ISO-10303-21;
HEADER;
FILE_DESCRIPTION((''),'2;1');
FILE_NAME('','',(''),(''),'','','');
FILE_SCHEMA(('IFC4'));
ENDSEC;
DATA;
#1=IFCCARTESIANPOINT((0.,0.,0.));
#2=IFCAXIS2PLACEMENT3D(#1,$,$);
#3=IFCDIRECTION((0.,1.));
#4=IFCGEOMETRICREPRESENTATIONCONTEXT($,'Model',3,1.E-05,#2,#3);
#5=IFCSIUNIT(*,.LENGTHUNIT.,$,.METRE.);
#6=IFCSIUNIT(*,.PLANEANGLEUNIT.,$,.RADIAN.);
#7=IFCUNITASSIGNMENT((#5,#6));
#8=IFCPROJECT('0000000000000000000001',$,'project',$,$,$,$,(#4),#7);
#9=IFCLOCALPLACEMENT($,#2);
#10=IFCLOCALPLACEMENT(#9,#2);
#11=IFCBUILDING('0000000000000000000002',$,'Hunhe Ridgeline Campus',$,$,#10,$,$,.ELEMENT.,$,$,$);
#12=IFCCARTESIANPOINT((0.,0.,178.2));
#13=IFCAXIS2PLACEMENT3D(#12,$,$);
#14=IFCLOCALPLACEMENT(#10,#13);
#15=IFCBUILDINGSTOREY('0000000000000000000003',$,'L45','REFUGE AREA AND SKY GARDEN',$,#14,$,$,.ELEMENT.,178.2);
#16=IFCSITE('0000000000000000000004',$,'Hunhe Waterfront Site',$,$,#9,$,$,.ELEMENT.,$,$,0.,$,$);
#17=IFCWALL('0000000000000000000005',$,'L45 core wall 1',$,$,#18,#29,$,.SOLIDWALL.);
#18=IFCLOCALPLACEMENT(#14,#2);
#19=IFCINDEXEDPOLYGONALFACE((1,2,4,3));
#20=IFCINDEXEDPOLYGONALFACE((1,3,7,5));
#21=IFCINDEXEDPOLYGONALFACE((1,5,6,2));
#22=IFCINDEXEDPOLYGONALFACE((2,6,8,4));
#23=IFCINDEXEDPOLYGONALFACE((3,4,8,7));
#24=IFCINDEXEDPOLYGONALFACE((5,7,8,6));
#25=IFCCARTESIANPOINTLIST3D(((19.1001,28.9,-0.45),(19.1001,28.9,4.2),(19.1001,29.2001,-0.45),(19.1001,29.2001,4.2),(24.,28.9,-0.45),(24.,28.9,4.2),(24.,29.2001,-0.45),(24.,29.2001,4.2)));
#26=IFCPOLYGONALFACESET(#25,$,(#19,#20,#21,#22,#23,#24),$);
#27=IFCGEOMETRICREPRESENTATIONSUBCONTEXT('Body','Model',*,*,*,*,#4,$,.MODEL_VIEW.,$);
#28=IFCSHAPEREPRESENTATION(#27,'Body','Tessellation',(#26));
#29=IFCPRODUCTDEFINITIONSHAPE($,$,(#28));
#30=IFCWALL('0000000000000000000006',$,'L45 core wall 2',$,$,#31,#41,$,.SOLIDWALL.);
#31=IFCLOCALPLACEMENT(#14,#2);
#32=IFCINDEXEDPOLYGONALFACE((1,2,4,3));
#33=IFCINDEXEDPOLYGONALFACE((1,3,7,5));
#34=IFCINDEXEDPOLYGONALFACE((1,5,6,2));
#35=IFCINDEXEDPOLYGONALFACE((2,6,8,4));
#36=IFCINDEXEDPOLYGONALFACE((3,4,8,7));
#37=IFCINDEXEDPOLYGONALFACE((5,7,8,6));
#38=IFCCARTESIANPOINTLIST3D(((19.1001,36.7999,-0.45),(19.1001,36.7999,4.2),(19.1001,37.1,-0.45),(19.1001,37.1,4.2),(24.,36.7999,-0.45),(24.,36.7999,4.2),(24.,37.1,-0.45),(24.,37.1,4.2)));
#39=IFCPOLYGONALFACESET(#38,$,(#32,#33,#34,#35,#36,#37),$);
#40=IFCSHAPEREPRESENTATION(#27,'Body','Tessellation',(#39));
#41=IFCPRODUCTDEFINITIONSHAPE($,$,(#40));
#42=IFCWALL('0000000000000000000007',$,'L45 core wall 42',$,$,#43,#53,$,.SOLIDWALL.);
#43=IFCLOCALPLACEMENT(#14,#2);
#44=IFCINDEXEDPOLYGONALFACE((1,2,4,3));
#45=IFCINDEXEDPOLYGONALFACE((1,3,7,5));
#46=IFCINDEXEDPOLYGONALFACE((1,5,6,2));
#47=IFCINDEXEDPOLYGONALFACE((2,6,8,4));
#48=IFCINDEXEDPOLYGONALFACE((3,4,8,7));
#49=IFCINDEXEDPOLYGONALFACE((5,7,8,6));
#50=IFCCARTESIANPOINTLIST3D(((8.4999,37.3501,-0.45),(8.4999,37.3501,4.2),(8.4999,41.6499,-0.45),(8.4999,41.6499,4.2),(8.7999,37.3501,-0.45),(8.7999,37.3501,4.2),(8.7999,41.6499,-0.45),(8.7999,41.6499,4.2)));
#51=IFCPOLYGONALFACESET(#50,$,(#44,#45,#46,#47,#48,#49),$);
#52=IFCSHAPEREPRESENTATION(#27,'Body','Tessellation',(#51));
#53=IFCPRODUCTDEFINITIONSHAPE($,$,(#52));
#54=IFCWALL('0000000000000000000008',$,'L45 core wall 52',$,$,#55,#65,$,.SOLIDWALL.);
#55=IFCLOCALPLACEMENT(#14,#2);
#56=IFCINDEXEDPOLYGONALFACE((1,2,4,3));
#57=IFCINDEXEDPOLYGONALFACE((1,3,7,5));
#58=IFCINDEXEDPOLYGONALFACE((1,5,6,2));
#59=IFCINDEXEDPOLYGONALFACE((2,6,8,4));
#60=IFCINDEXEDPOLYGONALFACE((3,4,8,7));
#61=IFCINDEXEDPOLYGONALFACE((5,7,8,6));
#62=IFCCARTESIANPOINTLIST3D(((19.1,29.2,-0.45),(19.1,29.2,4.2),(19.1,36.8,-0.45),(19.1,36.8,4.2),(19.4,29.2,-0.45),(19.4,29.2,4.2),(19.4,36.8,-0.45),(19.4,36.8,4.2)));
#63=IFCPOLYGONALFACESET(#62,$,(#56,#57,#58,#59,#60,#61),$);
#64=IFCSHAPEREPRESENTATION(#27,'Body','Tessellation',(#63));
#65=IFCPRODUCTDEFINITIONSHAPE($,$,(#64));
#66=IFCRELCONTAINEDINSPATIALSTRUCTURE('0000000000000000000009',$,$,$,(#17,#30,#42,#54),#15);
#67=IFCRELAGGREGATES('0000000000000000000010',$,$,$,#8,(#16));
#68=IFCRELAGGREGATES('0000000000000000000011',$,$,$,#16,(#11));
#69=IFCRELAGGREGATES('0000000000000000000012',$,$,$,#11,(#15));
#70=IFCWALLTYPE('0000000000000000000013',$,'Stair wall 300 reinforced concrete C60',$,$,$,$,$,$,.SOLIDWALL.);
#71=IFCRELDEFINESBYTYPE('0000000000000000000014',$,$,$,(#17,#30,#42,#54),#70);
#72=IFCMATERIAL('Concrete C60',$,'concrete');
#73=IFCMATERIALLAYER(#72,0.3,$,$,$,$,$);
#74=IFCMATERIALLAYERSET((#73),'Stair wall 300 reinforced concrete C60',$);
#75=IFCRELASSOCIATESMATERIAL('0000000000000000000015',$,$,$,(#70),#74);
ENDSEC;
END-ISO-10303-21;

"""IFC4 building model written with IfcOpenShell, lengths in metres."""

from ifc_helpers import new_model, si_unit, direction, frame, frame_2d, origin, place, context, subcontext, project, spatial, rectangle, extrude, material, layer, layer_set, type_object, element, save


model = new_model("IFC4")

# Units and contexts
model_context = context("Model", 3, precision=1e-05, world=origin(), true_north=direction((0.0, 1.0)))
body_context = subcontext(model_context, "Body", "Model", "MODEL_VIEW")
ifc_project = project(units=[si_unit("LENGTHUNIT", "METRE"), si_unit("PLANEANGLEUNIT", "RADIAN")], contexts=[model_context])

# Site, building, storey
site_placement = place(None, origin())
site = spatial("IfcSite", under=ifc_project, at=site_placement, Name="Hunhe Waterfront Site", CompositionType="ELEMENT", RefElevation=0.0)
building_placement = place(site_placement, origin())
building = spatial("IfcBuilding", under=site, at=building_placement, Name="Hunhe Ridgeline Campus", CompositionType="ELEMENT")
storey_placement = place(building_placement, frame((0.0, 0.0, 178.2)))
storey = spatial("IfcBuildingStorey", under=building, at=storey_placement, Name="L45", Description="REFUGE AREA AND SKY GARDEN", CompositionType="ELEMENT", Elevation=178.2)

# Walls
ifc_material_1 = material(Name="Concrete C60", Category="concrete")
ifc_layer_1 = layer(ifc_material_1, 0.3)
ifc_layer_set_1 = layer_set([ifc_layer_1], Name="Stair wall 300 reinforced concrete C60")
wall_type_1 = type_object("IfcWallType", Name="Stair wall 300 reinforced concrete C60", PredefinedType="SOLIDWALL", material=ifc_layer_set_1)
for number, where, z_axis, x_axis, name in (
    (1, (19.1001, 29.05, -0.45), (0.0, 0.0, 1.0), (1.0, 0.0, 0.0), "L45 core wall 1"),
    (2, (19.1001, 36.95, -0.45), (0.0, 0.0, 1.0), (1.0, 0.0, 0.0), "L45 core wall 2"),
):
    element("IfcWall", number, at=place(storey_placement, frame(where, z_axis=z_axis, x_axis=x_axis)), inside=storey, type_object=wall_type_1, Name=name, PredefinedType="SOLIDWALL", context=body_context, shape_type="SweptSolid", body=[
        extrude(rectangle(XDim=4.8999, YDim=0.3, at=frame_2d((2.45, 0.0))), origin(), (0.0, 0.0, 1.0), 4.6499),
    ])
wall_1_placement = place(storey_placement, frame((8.6499, 37.3501, -0.45), z_axis=(0.0, 0.0, 1.0), x_axis=(0.0, 1.0, 0.0)))
element("IfcWall", 3, at=wall_1_placement, inside=storey, type_object=wall_type_1, Name="L45 core wall 42", PredefinedType="SOLIDWALL", context=body_context, shape_type="SweptSolid", body=[
    extrude(rectangle(XDim=4.2998, YDim=0.3, at=frame_2d((2.1499, 0.0))), origin(), (0.0, 0.0, 1.0), 4.6499),
])
wall_2_placement = place(storey_placement, frame((19.25, 29.2, -0.45), z_axis=(0.0, 0.0, 1.0), x_axis=(0.0, 1.0, 0.0)))
element("IfcWall", 4, at=wall_2_placement, inside=storey, type_object=wall_type_1, Name="L45 core wall 52", PredefinedType="SOLIDWALL", context=body_context, shape_type="SweptSolid", body=[
    extrude(rectangle(XDim=7.6001, YDim=0.3, at=frame_2d((3.8, 0.0))), origin(), (0.0, 0.0, 1.0), 4.6499),
])

save(model, "model.ifc")
